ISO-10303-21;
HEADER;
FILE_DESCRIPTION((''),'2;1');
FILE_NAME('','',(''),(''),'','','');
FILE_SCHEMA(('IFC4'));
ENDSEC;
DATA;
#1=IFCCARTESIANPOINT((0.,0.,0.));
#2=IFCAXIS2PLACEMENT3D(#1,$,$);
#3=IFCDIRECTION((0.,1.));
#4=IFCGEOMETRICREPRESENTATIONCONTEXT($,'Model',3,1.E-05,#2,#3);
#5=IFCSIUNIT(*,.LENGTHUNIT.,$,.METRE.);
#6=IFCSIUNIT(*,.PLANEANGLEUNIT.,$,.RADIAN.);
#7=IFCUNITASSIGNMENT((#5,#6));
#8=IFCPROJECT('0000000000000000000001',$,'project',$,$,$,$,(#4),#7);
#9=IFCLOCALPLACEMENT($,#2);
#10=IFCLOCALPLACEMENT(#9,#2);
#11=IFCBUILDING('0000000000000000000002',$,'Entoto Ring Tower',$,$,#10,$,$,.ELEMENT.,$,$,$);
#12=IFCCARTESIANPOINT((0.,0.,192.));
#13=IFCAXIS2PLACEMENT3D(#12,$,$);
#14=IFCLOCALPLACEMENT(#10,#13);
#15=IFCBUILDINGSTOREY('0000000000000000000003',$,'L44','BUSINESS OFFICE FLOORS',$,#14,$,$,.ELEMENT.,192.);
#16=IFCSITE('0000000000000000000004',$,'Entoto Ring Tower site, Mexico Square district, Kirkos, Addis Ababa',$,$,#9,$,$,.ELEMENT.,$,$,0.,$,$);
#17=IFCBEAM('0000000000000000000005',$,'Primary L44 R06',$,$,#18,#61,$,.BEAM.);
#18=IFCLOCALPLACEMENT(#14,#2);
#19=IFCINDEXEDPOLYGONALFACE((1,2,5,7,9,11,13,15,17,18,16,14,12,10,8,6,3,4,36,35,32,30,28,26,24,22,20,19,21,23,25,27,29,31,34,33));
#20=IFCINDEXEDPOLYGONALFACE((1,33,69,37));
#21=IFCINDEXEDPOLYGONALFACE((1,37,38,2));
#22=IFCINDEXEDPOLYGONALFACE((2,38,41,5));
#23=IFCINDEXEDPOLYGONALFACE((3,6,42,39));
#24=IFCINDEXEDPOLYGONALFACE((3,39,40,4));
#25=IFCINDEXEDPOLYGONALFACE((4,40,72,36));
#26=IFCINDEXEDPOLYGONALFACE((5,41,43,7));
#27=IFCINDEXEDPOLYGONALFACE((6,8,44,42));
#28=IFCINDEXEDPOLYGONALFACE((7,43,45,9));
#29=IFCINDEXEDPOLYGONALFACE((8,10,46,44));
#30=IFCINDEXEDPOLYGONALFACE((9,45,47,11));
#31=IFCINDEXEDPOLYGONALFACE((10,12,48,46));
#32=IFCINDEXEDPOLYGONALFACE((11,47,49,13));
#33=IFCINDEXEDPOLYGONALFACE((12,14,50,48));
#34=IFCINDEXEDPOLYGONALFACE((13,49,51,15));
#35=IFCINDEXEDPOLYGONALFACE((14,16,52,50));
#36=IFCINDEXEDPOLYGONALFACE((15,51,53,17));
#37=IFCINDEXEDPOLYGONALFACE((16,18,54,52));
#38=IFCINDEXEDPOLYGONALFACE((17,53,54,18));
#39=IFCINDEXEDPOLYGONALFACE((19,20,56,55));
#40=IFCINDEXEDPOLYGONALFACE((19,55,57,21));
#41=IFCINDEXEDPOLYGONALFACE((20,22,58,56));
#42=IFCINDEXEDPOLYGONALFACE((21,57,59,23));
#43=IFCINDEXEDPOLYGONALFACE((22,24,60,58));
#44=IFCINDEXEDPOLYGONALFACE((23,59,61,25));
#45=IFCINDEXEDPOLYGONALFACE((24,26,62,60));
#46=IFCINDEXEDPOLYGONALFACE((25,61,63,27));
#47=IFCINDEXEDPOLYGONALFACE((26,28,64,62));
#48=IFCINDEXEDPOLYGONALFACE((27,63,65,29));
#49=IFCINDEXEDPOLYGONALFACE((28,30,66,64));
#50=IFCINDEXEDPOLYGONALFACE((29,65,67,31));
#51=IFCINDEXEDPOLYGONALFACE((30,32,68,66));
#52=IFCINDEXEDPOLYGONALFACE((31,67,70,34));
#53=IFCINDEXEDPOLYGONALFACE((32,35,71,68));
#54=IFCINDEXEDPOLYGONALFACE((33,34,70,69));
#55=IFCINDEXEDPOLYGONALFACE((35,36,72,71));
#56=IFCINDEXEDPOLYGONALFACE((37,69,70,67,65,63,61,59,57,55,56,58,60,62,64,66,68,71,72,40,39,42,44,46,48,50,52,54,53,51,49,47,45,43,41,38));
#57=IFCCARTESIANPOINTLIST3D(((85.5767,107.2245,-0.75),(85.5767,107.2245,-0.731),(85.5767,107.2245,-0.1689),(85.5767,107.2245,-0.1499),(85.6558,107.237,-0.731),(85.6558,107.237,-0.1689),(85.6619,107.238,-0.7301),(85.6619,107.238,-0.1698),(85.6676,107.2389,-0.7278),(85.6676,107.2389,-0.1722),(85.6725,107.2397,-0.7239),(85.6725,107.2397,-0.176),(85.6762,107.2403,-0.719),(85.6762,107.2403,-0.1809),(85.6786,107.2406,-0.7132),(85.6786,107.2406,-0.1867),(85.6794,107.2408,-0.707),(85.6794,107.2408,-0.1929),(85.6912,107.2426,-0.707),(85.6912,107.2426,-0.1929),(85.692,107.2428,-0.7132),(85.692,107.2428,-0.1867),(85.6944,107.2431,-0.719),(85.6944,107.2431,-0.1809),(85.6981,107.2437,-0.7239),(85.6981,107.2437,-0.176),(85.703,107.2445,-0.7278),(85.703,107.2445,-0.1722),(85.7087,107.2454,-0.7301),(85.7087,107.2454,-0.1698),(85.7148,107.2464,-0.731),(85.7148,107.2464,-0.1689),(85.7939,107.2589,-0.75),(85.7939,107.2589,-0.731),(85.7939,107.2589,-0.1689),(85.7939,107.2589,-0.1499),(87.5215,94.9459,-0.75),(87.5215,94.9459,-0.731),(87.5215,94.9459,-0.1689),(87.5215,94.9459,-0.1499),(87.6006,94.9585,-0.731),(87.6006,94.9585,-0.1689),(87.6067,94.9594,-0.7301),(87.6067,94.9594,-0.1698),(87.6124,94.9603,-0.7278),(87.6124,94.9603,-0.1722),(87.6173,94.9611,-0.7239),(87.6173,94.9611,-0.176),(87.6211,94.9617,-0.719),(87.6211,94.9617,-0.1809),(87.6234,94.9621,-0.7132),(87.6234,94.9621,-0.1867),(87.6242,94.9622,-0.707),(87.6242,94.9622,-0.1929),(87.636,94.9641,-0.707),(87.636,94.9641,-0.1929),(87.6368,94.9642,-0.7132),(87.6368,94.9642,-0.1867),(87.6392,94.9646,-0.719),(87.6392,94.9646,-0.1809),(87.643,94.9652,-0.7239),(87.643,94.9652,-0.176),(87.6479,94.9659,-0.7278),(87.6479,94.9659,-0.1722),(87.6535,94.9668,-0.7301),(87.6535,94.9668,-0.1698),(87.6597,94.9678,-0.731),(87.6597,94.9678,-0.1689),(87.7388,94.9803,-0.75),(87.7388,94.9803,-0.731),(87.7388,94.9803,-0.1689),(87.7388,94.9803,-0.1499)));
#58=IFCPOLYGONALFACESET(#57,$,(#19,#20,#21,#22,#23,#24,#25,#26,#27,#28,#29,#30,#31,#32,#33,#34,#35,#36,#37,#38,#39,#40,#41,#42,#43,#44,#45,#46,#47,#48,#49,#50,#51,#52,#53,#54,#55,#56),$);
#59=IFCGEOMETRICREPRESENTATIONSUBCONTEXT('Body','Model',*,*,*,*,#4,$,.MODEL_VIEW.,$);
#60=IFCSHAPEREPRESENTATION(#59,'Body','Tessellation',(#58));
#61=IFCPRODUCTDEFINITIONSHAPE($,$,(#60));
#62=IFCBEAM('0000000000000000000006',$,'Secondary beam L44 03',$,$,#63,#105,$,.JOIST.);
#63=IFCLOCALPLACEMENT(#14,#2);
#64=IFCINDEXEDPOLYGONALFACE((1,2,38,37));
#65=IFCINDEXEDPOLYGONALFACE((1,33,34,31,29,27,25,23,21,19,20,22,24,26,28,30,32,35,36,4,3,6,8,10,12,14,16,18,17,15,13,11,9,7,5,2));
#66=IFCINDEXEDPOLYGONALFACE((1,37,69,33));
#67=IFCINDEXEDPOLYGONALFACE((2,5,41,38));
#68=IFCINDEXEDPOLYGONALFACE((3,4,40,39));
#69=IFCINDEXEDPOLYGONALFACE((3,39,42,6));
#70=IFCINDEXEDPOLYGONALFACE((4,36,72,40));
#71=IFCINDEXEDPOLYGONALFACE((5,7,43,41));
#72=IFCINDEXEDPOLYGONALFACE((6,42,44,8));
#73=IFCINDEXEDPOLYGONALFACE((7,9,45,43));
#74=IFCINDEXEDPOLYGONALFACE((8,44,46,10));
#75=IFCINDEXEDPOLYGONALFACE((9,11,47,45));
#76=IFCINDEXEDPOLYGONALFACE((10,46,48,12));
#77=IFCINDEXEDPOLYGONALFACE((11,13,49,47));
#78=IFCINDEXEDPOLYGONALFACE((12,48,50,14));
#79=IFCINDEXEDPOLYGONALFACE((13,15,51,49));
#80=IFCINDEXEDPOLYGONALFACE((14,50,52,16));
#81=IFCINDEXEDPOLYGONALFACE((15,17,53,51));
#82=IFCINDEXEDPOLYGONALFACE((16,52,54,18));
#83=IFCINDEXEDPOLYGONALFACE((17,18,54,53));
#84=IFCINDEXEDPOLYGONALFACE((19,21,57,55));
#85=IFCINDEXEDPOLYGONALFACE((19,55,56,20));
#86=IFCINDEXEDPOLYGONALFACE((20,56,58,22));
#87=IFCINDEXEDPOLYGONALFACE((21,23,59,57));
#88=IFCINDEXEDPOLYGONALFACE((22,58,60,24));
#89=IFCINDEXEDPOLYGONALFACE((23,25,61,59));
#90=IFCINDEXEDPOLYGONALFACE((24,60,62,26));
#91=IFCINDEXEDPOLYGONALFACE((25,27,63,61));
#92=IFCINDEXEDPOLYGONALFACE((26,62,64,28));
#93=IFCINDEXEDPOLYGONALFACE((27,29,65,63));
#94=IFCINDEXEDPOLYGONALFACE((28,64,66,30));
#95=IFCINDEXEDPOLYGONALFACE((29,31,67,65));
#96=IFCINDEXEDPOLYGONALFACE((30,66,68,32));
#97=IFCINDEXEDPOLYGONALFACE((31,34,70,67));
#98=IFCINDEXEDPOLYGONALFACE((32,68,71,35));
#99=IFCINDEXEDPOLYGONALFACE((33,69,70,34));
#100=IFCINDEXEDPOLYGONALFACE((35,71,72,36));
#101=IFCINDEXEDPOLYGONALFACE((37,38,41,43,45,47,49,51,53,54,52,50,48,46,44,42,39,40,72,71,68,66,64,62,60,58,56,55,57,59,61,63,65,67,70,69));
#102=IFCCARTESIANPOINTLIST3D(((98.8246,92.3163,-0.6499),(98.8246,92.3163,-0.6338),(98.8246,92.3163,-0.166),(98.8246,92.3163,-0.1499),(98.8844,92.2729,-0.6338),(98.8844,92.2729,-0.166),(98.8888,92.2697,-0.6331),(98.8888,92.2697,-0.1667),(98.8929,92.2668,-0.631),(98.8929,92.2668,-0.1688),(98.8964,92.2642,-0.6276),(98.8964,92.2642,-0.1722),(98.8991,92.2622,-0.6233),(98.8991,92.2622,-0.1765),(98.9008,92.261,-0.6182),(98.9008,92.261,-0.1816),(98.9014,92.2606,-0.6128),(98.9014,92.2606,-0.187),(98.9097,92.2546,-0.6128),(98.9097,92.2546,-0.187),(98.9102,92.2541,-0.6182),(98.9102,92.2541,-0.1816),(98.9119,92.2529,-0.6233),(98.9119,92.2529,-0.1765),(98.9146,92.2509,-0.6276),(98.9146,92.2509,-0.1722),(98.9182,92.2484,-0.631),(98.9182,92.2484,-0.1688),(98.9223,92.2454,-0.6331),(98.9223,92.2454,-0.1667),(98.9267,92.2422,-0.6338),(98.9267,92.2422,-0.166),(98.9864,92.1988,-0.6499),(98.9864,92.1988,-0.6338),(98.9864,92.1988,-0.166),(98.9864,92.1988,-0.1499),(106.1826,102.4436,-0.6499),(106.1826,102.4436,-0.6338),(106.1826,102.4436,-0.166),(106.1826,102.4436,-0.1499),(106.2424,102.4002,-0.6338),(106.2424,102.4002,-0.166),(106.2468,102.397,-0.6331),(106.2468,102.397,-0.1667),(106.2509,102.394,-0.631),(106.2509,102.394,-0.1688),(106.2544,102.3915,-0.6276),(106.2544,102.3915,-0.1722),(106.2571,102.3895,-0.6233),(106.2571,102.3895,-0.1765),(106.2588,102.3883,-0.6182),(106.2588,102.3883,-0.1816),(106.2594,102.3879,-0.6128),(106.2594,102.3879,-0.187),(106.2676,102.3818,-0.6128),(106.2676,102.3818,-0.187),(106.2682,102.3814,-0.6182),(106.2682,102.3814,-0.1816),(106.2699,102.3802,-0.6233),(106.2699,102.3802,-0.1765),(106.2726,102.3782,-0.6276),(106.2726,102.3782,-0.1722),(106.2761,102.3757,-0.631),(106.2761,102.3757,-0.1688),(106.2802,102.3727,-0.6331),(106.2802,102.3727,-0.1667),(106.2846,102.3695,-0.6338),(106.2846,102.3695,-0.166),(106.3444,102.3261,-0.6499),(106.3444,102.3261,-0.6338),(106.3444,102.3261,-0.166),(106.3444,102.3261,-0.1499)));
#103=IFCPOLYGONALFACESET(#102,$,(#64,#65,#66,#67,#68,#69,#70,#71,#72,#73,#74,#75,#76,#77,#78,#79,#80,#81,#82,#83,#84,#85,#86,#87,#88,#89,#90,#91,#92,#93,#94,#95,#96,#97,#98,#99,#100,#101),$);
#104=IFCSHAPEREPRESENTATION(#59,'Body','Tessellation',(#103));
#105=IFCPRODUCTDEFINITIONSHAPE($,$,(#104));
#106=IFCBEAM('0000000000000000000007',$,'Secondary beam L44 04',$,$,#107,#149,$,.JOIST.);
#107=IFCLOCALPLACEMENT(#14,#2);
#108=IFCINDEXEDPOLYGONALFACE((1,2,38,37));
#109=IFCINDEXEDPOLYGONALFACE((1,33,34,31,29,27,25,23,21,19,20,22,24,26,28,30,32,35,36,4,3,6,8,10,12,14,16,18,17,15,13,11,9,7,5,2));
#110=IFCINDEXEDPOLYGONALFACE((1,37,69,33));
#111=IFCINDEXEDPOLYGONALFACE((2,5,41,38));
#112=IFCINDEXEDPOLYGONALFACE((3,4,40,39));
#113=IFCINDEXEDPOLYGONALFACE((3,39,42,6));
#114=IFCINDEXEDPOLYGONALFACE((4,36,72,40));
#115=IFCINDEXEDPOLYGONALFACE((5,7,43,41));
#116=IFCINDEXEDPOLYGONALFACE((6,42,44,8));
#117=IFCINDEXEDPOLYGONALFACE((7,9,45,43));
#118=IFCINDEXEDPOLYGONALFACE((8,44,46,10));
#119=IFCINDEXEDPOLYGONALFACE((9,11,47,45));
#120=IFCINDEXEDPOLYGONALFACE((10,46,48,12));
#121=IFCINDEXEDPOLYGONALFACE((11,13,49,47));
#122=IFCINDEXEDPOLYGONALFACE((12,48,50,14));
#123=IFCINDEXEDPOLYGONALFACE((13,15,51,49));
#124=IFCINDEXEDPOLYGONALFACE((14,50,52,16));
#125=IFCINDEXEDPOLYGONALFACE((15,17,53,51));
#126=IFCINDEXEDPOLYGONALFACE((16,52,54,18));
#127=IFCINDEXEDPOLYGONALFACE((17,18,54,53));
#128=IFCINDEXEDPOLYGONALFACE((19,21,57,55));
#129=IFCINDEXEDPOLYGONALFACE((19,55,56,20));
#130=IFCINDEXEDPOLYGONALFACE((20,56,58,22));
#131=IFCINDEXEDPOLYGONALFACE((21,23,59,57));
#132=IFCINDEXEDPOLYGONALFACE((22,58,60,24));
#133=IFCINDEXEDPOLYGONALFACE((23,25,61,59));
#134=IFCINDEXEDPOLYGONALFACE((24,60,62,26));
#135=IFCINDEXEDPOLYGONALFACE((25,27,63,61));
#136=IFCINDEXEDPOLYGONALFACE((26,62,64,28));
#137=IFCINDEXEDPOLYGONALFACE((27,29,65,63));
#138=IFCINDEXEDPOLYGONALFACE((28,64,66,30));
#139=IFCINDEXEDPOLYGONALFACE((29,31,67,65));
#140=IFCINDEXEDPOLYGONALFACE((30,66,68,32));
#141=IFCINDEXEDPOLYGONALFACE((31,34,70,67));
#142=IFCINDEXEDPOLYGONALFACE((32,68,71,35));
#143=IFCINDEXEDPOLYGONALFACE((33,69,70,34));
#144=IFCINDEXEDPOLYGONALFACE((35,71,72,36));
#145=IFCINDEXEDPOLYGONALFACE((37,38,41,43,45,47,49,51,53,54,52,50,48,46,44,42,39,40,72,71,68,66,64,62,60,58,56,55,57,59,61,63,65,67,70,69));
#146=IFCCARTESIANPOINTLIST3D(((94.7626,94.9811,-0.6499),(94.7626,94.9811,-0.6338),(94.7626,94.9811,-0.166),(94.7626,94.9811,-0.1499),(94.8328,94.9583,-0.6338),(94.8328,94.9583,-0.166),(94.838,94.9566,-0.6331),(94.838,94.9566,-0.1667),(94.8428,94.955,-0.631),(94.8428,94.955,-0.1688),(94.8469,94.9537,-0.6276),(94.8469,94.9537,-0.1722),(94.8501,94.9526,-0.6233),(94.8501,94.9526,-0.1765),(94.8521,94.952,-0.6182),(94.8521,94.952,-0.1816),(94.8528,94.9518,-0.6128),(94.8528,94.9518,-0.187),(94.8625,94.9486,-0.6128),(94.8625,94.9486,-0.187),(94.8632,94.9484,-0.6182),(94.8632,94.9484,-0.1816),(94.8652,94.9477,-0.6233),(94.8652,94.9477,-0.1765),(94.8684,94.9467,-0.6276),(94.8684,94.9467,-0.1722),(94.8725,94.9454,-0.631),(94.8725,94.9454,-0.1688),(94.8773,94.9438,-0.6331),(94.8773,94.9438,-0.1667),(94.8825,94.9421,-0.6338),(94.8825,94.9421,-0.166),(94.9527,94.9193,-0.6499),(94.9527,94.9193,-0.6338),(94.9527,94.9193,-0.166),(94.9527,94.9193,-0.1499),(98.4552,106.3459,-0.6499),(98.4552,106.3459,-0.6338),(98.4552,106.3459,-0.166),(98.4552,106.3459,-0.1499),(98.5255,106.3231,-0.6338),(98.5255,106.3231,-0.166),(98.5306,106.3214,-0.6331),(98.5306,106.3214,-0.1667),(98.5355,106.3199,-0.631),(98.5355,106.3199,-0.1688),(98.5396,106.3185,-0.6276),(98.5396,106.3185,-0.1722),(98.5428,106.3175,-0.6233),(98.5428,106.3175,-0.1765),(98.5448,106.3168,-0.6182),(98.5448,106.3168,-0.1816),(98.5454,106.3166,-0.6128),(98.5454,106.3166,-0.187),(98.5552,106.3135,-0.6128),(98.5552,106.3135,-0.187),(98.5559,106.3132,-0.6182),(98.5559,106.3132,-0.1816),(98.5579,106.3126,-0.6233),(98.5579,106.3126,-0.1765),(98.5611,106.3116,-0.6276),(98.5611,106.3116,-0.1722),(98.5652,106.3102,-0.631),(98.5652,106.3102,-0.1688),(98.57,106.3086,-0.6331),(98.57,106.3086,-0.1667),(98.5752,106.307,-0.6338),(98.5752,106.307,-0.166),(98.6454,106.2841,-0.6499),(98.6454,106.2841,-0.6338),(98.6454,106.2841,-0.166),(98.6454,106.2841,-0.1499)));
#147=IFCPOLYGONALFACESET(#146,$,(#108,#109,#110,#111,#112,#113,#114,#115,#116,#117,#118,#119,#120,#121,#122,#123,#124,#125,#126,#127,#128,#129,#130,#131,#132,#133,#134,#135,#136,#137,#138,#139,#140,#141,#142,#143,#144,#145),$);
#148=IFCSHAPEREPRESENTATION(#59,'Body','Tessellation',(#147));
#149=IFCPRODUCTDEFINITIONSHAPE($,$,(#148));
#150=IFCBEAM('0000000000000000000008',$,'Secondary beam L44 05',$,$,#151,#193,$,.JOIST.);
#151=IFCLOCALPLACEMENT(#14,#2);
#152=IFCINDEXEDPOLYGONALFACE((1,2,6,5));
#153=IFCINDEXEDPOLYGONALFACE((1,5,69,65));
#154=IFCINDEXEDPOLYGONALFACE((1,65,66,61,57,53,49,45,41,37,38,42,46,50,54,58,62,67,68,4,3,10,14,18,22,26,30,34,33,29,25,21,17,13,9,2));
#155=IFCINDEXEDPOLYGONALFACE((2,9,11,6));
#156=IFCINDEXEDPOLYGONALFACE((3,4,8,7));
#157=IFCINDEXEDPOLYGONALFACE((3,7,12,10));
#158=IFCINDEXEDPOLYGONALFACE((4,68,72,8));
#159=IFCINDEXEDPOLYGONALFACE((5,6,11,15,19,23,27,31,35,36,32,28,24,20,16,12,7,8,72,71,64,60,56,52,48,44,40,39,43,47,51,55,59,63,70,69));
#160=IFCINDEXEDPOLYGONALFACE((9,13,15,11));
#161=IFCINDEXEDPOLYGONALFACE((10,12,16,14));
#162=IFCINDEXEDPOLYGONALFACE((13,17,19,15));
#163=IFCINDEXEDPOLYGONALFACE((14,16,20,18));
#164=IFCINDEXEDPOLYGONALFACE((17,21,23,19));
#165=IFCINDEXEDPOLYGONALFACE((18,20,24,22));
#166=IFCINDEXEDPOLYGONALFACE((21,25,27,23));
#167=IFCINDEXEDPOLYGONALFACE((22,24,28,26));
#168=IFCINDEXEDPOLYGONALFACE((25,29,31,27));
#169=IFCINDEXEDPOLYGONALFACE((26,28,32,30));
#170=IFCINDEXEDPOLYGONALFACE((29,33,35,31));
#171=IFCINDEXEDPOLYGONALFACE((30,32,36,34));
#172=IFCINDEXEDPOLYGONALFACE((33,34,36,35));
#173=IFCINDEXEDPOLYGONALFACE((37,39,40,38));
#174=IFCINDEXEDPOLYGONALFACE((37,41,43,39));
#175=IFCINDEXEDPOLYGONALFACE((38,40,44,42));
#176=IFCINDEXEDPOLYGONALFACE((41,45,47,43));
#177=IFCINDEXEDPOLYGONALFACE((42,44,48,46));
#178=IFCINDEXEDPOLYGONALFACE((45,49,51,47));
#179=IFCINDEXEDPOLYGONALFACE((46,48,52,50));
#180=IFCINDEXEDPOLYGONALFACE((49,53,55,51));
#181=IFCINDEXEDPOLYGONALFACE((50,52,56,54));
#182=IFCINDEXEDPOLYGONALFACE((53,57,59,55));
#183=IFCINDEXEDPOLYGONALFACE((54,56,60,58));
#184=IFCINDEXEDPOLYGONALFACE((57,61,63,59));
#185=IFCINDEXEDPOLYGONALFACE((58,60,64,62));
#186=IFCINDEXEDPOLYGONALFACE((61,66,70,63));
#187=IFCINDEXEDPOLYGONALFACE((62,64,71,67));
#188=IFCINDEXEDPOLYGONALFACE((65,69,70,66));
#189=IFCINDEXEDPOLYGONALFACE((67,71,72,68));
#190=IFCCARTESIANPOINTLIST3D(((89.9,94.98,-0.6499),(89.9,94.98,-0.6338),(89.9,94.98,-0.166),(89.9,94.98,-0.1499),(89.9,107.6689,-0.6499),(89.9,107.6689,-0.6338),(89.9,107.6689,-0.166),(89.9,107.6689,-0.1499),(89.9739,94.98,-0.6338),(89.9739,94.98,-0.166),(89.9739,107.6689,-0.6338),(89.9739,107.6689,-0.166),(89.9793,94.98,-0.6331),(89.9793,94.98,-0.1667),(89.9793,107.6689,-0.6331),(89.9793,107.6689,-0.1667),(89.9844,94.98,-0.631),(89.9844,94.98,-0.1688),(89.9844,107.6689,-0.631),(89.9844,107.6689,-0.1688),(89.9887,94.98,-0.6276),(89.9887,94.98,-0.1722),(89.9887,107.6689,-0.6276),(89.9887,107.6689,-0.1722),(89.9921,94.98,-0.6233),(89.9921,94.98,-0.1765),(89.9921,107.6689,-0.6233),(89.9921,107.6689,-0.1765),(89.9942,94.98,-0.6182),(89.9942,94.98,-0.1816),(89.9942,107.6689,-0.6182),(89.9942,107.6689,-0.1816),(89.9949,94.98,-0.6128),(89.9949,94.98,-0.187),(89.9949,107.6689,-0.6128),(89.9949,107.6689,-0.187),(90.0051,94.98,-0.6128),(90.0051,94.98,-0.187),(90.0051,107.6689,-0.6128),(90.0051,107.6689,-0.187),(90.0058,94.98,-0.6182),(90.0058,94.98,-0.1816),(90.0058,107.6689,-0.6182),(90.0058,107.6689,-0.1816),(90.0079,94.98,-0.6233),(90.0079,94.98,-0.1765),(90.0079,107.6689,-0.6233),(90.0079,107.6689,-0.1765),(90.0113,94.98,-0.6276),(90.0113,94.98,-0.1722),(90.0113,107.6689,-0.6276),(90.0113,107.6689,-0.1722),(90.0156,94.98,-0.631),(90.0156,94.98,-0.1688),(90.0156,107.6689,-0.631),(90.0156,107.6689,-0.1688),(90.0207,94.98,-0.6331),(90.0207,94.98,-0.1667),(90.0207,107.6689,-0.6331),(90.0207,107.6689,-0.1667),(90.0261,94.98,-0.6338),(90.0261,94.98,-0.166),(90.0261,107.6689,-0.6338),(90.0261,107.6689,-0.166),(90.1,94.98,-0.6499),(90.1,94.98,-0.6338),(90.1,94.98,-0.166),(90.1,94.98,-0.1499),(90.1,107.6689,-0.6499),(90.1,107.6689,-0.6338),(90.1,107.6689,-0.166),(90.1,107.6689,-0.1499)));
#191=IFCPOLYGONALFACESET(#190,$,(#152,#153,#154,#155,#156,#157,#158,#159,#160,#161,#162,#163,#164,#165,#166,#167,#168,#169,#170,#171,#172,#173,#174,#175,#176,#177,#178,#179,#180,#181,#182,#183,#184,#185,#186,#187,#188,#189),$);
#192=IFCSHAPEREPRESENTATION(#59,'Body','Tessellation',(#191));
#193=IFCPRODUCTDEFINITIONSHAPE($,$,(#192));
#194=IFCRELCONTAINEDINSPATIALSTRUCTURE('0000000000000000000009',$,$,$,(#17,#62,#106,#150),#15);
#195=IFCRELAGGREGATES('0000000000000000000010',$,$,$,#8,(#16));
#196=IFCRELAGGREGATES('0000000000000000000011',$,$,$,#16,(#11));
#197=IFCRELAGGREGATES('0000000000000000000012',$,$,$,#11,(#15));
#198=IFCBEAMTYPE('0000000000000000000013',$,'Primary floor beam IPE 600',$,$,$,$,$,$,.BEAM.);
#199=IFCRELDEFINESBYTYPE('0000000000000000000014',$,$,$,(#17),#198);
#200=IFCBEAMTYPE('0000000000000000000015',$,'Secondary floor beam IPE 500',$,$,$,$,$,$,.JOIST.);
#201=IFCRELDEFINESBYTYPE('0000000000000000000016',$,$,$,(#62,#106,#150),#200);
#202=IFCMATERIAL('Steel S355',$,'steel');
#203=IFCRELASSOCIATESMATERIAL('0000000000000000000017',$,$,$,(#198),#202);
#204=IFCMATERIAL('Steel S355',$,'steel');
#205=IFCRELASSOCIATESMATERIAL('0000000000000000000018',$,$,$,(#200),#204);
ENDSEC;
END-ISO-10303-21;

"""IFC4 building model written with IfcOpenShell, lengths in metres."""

from ifc_helpers import new_model, si_unit, direction, frame, origin, origin_2d, place, context, subcontext, project, spatial, i_section, extrude, material, material_profile, profile_set, type_object, element, save


model = new_model("IFC4")

# Units and contexts
model_context = context("Model", 3, precision=1e-05, world=origin(), true_north=direction((0.0, 1.0)))
body_context = subcontext(model_context, "Body", "Model", "MODEL_VIEW")
ifc_project = project(units=[si_unit("LENGTHUNIT", "METRE"), si_unit("PLANEANGLEUNIT", "RADIAN")], contexts=[model_context])

# Site, building, storey
site_placement = place(None, origin())
site = spatial("IfcSite", under=ifc_project, at=site_placement, Name="Entoto Ring Tower site, Mexico Square district, Kirkos, Addis Ababa", CompositionType="ELEMENT", RefElevation=0.0)
building_placement = place(site_placement, origin())
building = spatial("IfcBuilding", under=site, at=building_placement, Name="Entoto Ring Tower", CompositionType="ELEMENT")
storey_placement = place(building_placement, frame((0.0, 0.0, 192.0)))
storey = spatial("IfcBuildingStorey", under=building, at=storey_placement, Name="L44", Description="BUSINESS OFFICE FLOORS", CompositionType="ELEMENT", Elevation=192.0)

# Beams
ifc_material_1 = material(Name="Steel S355", Category="steel")
ifc_material_profile_1 = material_profile(ifc_material_1, i_section(OverallWidth=0.22, OverallDepth=0.6001, WebThickness=0.012, FlangeThickness=0.019, FilletRadius=0.0239, at=origin_2d()), Name="IPE 600")
ifc_profile_set_1 = profile_set([ifc_material_profile_1], Name="Steel S355")
beam_type_1 = type_object("IfcBeamType", Name="Primary floor beam IPE 600", PredefinedType="BEAM", material=ifc_profile_set_1)
for number, where, z_axis, x_axis, name in (
    (1, (87.6301, 94.9631, -0.45), (-0.156442, 0.987687, 0.0), (-0.987687, -0.156442, 0.0), "Primary L44 R06"),
):
    element("IfcBeam", number, at=place(storey_placement, frame(where, z_axis=z_axis, x_axis=x_axis)), inside=storey, type_object=beam_type_1, Name=name, PredefinedType="BEAM", context=body_context, shape_type="SweptSolid", body=[
        extrude(i_section(OverallWidth=0.22, OverallDepth=0.6001, WebThickness=0.012, FlangeThickness=0.019, FilletRadius=0.0239, at=origin_2d()), origin(), (0.0, 0.0, 1.0), 12.4316),
    ])
ifc_material_2 = material(Name="Steel S355", Category="steel")
ifc_material_profile_2 = material_profile(ifc_material_2, i_section(OverallWidth=0.2, OverallDepth=0.5, WebThickness=0.0103, FlangeThickness=0.0161, FilletRadius=0.021, at=origin_2d()), Name="IPE 500")
ifc_profile_set_2 = profile_set([ifc_material_profile_2], Name="Steel S355")
beam_type_2 = type_object("IfcBeamType", Name="Secondary floor beam IPE 500", PredefinedType="JOIST", material=ifc_profile_set_2)
beam_1_placement = place(storey_placement, frame((98.9055, 92.2576, -0.3999), z_axis=(0.587789, 0.809014, 0.0), x_axis=(-0.809014, 0.587789, 0.0)))
element("IfcBeam", 2, at=beam_1_placement, inside=storey, type_object=beam_type_2, Name="Secondary beam L44 03", PredefinedType="JOIST", context=body_context, shape_type="SweptSolid", body=[
    extrude(i_section(OverallWidth=0.2, OverallDepth=0.5, WebThickness=0.0103, FlangeThickness=0.0161, FilletRadius=0.021, at=origin_2d()), origin(), (0.0, 0.0, 1.0), 12.5181),
])
beam_2_placement = place(storey_placement, frame((94.8577, 94.9502, -0.3999), z_axis=(0.309017, 0.951057, 0.0), x_axis=(-0.951057, 0.309017, 0.0)))
element("IfcBeam", 3, at=beam_2_placement, inside=storey, type_object=beam_type_2, Name="Secondary beam L44 04", PredefinedType="JOIST", context=body_context, shape_type="SweptSolid", body=[
    extrude(i_section(OverallWidth=0.2, OverallDepth=0.5, WebThickness=0.0103, FlangeThickness=0.0161, FilletRadius=0.021, at=origin_2d()), origin(), (0.0, 0.0, 1.0), 11.9497),
])
beam_3_placement = place(storey_placement, frame((90.0, 94.98, -0.3999), z_axis=(0.0, 1.0, 0.0), x_axis=(-1.0, 0.0, 0.0)))
element("IfcBeam", 4, at=beam_3_placement, inside=storey, type_object=beam_type_2, Name="Secondary beam L44 05", PredefinedType="JOIST", context=body_context, shape_type="SweptSolid", body=[
    extrude(i_section(OverallWidth=0.2, OverallDepth=0.5, WebThickness=0.0103, FlangeThickness=0.0161, FilletRadius=0.021, at=origin_2d()), origin(), (0.0, 0.0, 1.0), 12.689),
])

save(model, "model.ifc")
